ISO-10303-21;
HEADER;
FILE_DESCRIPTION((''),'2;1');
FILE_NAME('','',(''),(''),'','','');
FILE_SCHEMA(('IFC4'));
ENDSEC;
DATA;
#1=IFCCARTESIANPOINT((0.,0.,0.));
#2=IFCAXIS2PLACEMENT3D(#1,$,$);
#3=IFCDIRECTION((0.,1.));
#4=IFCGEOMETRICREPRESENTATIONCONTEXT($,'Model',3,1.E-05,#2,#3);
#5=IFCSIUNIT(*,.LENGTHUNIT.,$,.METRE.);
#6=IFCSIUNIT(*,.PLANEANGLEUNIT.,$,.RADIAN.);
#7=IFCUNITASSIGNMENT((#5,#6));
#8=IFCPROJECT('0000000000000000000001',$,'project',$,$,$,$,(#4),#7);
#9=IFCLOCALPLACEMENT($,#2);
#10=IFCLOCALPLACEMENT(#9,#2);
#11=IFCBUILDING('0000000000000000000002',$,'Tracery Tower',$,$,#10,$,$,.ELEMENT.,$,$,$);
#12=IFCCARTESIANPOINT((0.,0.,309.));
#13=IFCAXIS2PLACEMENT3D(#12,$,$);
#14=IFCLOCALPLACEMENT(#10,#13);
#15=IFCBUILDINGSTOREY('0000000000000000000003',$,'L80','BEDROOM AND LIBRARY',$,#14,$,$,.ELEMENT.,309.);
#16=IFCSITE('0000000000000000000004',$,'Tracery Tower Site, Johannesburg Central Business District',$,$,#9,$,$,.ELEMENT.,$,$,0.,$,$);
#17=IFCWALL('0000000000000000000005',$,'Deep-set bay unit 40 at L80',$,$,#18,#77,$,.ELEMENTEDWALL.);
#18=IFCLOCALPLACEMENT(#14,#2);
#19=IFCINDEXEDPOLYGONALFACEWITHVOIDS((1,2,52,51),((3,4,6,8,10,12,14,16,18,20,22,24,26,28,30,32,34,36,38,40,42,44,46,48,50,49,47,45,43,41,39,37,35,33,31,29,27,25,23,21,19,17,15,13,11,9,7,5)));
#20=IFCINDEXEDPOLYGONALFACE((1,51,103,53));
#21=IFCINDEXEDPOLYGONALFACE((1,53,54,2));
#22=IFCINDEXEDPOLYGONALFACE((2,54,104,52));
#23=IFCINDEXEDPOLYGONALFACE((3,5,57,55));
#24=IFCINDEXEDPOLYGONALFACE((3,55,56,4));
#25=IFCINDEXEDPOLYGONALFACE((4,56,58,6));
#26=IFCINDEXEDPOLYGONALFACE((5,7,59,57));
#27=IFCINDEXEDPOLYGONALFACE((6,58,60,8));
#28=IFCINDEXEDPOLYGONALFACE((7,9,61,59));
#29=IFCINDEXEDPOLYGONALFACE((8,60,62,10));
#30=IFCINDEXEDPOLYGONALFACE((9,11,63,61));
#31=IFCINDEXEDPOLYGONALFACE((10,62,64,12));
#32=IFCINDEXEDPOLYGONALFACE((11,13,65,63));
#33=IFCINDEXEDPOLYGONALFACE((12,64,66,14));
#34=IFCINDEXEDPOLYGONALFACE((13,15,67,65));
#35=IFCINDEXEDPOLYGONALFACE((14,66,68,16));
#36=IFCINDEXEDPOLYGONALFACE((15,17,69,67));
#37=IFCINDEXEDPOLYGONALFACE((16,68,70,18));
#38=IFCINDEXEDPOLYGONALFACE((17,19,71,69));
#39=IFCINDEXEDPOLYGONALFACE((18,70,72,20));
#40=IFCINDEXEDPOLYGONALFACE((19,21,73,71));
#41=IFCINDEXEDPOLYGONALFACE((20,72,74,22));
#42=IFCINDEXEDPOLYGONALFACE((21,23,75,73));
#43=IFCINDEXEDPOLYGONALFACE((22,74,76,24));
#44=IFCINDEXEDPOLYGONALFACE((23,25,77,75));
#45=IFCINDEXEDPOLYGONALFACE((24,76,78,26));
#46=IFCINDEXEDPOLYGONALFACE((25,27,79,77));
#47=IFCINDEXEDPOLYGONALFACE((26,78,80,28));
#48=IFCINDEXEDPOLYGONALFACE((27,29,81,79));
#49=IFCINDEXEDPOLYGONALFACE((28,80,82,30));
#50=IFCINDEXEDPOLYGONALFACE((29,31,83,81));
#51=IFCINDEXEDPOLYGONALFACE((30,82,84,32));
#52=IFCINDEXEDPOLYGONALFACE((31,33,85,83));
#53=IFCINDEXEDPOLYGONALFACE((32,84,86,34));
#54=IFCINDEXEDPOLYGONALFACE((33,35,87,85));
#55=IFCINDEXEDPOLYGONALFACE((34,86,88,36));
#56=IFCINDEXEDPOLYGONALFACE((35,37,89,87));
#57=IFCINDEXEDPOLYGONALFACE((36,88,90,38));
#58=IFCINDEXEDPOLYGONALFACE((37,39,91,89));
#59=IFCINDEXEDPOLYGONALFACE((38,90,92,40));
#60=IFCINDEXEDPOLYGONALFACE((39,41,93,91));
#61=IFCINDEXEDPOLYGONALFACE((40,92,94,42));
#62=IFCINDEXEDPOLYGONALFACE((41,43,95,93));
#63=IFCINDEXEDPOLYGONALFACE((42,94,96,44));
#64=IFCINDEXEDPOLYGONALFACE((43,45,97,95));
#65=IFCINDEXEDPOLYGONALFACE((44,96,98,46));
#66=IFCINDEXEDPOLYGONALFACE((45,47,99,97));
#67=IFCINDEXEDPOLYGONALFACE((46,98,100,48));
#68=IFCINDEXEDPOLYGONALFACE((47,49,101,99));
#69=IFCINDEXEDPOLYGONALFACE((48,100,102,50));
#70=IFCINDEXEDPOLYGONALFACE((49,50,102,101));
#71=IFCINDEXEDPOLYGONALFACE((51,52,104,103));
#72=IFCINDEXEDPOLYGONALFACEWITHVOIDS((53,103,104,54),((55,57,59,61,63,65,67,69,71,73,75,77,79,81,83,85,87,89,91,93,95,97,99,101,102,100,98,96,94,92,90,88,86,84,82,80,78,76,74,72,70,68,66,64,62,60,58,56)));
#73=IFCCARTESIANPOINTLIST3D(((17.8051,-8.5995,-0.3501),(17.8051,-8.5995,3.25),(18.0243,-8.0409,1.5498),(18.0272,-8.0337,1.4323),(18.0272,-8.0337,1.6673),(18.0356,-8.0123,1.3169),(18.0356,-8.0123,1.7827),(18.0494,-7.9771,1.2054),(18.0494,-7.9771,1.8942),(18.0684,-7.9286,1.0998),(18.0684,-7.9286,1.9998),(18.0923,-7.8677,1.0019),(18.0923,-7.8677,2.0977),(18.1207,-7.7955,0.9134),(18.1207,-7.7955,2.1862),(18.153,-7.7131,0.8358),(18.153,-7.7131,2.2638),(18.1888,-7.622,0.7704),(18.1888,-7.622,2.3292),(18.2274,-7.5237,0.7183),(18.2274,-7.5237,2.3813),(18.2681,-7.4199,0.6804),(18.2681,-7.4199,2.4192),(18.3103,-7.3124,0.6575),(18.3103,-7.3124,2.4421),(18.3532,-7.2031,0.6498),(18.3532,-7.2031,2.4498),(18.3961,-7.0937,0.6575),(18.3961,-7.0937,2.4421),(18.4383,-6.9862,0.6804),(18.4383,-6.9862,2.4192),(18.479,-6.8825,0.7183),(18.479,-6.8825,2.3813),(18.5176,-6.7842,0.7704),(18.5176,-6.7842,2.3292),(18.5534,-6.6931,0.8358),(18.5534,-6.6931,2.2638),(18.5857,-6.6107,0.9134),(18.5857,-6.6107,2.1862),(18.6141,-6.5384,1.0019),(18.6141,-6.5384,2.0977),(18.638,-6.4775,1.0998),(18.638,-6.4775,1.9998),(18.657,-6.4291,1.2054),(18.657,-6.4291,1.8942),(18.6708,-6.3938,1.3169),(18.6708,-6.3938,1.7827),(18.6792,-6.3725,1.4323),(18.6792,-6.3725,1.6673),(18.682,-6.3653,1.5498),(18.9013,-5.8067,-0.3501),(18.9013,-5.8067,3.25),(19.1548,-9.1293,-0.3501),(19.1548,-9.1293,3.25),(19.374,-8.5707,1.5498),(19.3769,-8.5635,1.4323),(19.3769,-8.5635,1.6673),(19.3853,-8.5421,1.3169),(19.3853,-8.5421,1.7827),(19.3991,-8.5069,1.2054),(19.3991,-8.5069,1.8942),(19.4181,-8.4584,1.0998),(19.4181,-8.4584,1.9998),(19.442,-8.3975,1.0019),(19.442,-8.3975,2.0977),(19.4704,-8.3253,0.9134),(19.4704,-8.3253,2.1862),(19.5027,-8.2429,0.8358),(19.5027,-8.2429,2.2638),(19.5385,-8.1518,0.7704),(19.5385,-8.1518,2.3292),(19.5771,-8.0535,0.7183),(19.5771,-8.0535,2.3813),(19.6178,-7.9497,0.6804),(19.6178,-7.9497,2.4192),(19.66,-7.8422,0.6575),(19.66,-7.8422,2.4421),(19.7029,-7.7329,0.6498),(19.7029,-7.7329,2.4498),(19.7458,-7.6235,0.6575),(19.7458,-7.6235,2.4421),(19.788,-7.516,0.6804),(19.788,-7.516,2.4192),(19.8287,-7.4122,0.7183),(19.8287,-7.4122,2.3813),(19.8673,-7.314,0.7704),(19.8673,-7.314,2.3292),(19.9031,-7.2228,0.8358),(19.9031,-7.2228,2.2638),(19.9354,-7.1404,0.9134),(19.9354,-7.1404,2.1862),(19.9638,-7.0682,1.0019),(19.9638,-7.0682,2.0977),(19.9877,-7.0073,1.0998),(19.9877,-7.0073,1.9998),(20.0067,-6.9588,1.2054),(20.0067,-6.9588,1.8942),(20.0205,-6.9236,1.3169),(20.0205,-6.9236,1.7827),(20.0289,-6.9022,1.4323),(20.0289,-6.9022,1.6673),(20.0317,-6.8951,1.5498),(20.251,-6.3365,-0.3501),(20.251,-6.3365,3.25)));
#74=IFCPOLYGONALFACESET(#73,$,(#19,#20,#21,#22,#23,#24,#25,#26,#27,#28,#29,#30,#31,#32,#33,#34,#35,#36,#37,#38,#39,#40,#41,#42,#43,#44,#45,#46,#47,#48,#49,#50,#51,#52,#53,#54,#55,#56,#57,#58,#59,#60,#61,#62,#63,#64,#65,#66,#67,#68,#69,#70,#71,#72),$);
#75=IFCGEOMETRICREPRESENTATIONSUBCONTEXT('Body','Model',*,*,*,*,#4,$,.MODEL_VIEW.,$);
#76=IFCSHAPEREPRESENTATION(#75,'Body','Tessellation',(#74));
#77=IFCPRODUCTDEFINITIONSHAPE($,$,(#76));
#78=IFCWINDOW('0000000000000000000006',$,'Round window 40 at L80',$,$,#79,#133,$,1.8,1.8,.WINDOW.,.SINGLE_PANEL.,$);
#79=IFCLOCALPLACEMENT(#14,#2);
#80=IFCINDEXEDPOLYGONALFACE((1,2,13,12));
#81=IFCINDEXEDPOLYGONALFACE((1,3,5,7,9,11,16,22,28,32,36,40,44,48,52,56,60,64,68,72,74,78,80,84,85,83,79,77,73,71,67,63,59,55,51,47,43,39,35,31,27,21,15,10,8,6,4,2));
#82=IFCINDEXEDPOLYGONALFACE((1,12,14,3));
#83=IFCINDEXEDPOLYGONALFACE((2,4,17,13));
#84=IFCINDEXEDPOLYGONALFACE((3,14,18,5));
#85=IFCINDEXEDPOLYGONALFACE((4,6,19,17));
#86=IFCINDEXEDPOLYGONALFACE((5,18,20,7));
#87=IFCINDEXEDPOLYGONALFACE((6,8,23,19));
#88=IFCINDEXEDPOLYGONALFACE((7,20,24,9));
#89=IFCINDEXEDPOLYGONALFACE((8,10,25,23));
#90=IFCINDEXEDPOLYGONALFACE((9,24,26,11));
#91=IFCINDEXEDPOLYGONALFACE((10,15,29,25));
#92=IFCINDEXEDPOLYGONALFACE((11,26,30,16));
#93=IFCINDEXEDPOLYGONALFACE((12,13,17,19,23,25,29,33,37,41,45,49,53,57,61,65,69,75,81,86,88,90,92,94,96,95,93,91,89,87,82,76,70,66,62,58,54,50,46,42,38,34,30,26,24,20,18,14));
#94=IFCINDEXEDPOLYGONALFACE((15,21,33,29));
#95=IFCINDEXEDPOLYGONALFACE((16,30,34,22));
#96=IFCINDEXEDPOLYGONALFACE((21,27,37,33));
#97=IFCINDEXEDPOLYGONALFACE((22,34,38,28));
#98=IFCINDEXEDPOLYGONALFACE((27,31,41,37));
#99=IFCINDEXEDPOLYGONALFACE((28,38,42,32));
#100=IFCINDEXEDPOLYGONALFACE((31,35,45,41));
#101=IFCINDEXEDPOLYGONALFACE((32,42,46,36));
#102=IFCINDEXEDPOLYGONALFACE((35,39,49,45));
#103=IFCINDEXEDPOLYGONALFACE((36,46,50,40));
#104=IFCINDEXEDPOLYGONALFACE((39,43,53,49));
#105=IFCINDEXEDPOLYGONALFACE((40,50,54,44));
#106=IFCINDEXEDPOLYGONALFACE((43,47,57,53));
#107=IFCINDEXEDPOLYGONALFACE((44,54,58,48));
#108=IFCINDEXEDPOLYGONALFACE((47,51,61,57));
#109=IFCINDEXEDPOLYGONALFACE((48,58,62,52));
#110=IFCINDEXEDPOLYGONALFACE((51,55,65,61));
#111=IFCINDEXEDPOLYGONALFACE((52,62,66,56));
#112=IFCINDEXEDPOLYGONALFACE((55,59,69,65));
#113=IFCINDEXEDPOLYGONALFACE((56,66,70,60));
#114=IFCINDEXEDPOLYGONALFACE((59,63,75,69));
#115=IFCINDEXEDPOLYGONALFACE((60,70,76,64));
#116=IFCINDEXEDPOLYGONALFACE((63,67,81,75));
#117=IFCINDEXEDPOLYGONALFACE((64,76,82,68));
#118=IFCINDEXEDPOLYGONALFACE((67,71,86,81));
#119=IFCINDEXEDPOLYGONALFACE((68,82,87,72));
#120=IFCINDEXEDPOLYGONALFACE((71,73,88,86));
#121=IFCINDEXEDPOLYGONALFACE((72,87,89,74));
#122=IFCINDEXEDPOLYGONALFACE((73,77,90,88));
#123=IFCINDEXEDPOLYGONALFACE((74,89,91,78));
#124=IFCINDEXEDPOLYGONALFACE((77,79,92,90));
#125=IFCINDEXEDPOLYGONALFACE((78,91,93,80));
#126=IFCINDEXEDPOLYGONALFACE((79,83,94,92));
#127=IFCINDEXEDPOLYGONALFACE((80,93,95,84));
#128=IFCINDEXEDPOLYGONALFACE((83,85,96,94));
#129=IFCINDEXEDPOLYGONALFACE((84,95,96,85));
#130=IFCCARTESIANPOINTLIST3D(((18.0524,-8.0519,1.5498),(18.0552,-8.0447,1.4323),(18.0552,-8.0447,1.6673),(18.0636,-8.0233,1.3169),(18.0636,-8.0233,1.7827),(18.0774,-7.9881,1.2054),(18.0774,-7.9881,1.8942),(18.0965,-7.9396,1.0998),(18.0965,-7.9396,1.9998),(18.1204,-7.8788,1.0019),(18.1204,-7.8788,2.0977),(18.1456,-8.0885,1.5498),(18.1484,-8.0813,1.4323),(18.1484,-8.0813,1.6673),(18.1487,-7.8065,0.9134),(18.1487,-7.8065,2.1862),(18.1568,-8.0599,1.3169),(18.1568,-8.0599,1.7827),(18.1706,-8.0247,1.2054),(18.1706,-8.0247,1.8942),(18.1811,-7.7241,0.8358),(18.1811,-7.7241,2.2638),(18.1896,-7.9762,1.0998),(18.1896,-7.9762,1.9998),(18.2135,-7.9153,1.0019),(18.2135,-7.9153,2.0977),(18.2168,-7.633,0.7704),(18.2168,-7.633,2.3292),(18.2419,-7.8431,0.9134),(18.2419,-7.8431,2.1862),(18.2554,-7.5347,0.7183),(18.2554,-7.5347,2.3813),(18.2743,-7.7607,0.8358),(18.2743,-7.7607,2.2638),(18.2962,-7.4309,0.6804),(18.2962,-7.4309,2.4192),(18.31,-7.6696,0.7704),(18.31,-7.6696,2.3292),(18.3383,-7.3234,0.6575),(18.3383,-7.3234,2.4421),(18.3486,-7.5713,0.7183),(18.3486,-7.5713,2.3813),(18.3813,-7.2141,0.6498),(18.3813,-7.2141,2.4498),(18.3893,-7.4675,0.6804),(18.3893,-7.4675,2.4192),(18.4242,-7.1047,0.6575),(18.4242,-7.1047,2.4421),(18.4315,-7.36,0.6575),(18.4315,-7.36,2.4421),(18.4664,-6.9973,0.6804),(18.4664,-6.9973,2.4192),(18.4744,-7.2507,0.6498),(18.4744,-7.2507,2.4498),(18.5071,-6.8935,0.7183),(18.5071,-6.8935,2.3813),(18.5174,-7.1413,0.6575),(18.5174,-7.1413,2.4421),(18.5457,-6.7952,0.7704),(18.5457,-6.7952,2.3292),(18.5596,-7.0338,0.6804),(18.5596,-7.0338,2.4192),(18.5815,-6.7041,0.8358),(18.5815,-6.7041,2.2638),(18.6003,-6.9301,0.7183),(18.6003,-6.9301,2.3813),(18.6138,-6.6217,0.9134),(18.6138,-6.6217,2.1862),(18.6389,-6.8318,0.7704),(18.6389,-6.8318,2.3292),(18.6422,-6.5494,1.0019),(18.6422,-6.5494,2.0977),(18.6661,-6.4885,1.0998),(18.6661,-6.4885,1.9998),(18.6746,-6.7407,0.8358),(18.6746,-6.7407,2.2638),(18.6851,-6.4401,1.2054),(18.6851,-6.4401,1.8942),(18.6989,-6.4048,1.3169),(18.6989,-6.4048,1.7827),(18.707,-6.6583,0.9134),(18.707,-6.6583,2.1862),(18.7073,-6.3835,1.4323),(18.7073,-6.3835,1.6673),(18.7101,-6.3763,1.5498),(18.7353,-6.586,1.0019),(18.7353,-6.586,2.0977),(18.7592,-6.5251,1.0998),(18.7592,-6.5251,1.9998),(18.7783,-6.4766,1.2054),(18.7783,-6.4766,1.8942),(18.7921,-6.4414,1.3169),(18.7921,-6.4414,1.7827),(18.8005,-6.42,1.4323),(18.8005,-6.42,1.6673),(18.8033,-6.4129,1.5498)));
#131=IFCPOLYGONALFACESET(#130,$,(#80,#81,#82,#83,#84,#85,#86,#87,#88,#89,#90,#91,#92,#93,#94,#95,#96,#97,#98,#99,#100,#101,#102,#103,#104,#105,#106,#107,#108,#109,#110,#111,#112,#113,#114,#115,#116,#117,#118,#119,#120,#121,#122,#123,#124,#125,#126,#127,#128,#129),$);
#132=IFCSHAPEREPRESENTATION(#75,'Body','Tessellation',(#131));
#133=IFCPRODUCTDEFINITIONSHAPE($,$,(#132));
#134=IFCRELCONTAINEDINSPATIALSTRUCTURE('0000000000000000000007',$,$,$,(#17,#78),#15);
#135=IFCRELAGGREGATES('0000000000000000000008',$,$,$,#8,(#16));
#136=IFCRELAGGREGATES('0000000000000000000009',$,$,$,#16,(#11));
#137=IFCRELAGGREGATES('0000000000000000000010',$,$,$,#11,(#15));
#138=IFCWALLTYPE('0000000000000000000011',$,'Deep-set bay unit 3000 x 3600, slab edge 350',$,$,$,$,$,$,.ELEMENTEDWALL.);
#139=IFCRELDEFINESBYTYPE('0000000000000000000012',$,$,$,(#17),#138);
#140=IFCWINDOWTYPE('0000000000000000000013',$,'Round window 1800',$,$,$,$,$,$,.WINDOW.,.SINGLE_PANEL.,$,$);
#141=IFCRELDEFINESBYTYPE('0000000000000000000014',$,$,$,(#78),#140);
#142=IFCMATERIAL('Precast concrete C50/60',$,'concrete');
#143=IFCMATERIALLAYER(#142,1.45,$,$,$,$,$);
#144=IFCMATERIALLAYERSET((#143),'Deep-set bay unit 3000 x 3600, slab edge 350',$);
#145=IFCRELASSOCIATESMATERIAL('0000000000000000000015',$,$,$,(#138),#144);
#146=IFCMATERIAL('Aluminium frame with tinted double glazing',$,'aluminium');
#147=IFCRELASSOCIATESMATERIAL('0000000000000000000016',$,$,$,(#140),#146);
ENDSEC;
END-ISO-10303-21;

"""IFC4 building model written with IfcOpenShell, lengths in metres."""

from ifc_helpers import new_model, si_unit, direction, frame, frame_2d, origin, origin_2d, place, context, subcontext, project, spatial, rectangle, circle, extrude, material, layer, layer_set, type_object, element, fill, save


model = new_model("IFC4")

# Units and contexts
model_context = context("Model", 3, precision=1e-05, world=origin(), true_north=direction((0.0, 1.0)))
body_context = subcontext(model_context, "Body", "Model", "MODEL_VIEW")
ifc_project = project(units=[si_unit("LENGTHUNIT", "METRE"), si_unit("PLANEANGLEUNIT", "RADIAN")], contexts=[model_context])

# Site, building, storey
site_placement = place(None, origin())
site = spatial("IfcSite", under=ifc_project, at=site_placement, Name="Tracery Tower Site, Johannesburg Central Business District", CompositionType="ELEMENT", RefElevation=0.0)
building_placement = place(site_placement, origin())
building = spatial("IfcBuilding", under=site, at=building_placement, Name="Tracery Tower", CompositionType="ELEMENT")
storey_placement = place(building_placement, frame((0.0, 0.0, 309.0)))
storey = spatial("IfcBuildingStorey", under=building, at=storey_placement, Name="L80", Description="BEDROOM AND LIBRARY", CompositionType="ELEMENT", Elevation=309.0)

# Wall, opening, window
ifc_material_1 = material(Name="Precast concrete C50/60", Category="concrete")
ifc_layer_1 = layer(ifc_material_1, 1.45)
ifc_layer_set_1 = layer_set([ifc_layer_1], Name="Deep-set bay unit 3000 x 3600, slab edge 350")
wall_type_1 = type_object("IfcWallType", Name="Deep-set bay unit 3000 x 3600, slab edge 350", PredefinedType="ELEMENTEDWALL", material=ifc_layer_set_1)
ifc_material_2 = material(Name="Aluminium frame with tinted double glazing", Category="aluminium")
window_type = type_object("IfcWindowType", Name="Round window 1800", PartitioningType="SINGLE_PANEL", PredefinedType="WINDOW", material=ifc_material_2)
wall_1_placement = place(storey_placement, frame((18.48, -8.8643, -0.3501), z_axis=(0.0, 0.0, 1.0), x_axis=(0.365378, 0.930859, 0.0)))
wall_1 = element("IfcWall", 1, at=wall_1_placement, inside=storey, type_object=wall_type_1, Name="Deep-set bay unit 40 at L80", PredefinedType="ELEMENTEDWALL", context=body_context, shape_type="SweptSolid", body=[
    extrude(rectangle(XDim=3.0002, YDim=1.45, at=frame_2d((1.5, 0.0))), origin(), (0.0, 0.0, 1.0), 3.6001),
])
opening_1_placement = place(wall_1_placement, frame((1.5, 0.0, 1.8999)))
opening_1 = element("IfcOpeningElement", 2, at=opening_1_placement, cuts=wall_1, PredefinedType="OPENING", context=body_context, shape_type="SweptSolid", body=[
    extrude(circle(Radius=0.9, at=origin_2d()), frame((0.0, 0.7349, 0.0), z_axis=(0.0, -1.0, 0.0), x_axis=(1.0, 0.0, 0.0)), (0.0, 0.0, 1.0), 1.47),
])
window_1_placement = place(opening_1_placement, origin())
window_1 = element("IfcWindow", 3, at=window_1_placement, inside=storey, type_object=window_type, Name="Round window 40 at L80", OverallHeight=1.8, OverallWidth=1.8, PartitioningType="SINGLE_PANEL", PredefinedType="WINDOW", context=body_context, shape_type="SweptSolid", body=[
    extrude(circle(Radius=0.9, at=origin_2d()), frame((0.0, 0.6948, 0.0), z_axis=(0.0, -1.0, 0.0), x_axis=(1.0, 0.0, 0.0)), (0.0, 0.0, 1.0), 0.1001),
])
fill(opening_1, window_1)

save(model, "model.ifc")
